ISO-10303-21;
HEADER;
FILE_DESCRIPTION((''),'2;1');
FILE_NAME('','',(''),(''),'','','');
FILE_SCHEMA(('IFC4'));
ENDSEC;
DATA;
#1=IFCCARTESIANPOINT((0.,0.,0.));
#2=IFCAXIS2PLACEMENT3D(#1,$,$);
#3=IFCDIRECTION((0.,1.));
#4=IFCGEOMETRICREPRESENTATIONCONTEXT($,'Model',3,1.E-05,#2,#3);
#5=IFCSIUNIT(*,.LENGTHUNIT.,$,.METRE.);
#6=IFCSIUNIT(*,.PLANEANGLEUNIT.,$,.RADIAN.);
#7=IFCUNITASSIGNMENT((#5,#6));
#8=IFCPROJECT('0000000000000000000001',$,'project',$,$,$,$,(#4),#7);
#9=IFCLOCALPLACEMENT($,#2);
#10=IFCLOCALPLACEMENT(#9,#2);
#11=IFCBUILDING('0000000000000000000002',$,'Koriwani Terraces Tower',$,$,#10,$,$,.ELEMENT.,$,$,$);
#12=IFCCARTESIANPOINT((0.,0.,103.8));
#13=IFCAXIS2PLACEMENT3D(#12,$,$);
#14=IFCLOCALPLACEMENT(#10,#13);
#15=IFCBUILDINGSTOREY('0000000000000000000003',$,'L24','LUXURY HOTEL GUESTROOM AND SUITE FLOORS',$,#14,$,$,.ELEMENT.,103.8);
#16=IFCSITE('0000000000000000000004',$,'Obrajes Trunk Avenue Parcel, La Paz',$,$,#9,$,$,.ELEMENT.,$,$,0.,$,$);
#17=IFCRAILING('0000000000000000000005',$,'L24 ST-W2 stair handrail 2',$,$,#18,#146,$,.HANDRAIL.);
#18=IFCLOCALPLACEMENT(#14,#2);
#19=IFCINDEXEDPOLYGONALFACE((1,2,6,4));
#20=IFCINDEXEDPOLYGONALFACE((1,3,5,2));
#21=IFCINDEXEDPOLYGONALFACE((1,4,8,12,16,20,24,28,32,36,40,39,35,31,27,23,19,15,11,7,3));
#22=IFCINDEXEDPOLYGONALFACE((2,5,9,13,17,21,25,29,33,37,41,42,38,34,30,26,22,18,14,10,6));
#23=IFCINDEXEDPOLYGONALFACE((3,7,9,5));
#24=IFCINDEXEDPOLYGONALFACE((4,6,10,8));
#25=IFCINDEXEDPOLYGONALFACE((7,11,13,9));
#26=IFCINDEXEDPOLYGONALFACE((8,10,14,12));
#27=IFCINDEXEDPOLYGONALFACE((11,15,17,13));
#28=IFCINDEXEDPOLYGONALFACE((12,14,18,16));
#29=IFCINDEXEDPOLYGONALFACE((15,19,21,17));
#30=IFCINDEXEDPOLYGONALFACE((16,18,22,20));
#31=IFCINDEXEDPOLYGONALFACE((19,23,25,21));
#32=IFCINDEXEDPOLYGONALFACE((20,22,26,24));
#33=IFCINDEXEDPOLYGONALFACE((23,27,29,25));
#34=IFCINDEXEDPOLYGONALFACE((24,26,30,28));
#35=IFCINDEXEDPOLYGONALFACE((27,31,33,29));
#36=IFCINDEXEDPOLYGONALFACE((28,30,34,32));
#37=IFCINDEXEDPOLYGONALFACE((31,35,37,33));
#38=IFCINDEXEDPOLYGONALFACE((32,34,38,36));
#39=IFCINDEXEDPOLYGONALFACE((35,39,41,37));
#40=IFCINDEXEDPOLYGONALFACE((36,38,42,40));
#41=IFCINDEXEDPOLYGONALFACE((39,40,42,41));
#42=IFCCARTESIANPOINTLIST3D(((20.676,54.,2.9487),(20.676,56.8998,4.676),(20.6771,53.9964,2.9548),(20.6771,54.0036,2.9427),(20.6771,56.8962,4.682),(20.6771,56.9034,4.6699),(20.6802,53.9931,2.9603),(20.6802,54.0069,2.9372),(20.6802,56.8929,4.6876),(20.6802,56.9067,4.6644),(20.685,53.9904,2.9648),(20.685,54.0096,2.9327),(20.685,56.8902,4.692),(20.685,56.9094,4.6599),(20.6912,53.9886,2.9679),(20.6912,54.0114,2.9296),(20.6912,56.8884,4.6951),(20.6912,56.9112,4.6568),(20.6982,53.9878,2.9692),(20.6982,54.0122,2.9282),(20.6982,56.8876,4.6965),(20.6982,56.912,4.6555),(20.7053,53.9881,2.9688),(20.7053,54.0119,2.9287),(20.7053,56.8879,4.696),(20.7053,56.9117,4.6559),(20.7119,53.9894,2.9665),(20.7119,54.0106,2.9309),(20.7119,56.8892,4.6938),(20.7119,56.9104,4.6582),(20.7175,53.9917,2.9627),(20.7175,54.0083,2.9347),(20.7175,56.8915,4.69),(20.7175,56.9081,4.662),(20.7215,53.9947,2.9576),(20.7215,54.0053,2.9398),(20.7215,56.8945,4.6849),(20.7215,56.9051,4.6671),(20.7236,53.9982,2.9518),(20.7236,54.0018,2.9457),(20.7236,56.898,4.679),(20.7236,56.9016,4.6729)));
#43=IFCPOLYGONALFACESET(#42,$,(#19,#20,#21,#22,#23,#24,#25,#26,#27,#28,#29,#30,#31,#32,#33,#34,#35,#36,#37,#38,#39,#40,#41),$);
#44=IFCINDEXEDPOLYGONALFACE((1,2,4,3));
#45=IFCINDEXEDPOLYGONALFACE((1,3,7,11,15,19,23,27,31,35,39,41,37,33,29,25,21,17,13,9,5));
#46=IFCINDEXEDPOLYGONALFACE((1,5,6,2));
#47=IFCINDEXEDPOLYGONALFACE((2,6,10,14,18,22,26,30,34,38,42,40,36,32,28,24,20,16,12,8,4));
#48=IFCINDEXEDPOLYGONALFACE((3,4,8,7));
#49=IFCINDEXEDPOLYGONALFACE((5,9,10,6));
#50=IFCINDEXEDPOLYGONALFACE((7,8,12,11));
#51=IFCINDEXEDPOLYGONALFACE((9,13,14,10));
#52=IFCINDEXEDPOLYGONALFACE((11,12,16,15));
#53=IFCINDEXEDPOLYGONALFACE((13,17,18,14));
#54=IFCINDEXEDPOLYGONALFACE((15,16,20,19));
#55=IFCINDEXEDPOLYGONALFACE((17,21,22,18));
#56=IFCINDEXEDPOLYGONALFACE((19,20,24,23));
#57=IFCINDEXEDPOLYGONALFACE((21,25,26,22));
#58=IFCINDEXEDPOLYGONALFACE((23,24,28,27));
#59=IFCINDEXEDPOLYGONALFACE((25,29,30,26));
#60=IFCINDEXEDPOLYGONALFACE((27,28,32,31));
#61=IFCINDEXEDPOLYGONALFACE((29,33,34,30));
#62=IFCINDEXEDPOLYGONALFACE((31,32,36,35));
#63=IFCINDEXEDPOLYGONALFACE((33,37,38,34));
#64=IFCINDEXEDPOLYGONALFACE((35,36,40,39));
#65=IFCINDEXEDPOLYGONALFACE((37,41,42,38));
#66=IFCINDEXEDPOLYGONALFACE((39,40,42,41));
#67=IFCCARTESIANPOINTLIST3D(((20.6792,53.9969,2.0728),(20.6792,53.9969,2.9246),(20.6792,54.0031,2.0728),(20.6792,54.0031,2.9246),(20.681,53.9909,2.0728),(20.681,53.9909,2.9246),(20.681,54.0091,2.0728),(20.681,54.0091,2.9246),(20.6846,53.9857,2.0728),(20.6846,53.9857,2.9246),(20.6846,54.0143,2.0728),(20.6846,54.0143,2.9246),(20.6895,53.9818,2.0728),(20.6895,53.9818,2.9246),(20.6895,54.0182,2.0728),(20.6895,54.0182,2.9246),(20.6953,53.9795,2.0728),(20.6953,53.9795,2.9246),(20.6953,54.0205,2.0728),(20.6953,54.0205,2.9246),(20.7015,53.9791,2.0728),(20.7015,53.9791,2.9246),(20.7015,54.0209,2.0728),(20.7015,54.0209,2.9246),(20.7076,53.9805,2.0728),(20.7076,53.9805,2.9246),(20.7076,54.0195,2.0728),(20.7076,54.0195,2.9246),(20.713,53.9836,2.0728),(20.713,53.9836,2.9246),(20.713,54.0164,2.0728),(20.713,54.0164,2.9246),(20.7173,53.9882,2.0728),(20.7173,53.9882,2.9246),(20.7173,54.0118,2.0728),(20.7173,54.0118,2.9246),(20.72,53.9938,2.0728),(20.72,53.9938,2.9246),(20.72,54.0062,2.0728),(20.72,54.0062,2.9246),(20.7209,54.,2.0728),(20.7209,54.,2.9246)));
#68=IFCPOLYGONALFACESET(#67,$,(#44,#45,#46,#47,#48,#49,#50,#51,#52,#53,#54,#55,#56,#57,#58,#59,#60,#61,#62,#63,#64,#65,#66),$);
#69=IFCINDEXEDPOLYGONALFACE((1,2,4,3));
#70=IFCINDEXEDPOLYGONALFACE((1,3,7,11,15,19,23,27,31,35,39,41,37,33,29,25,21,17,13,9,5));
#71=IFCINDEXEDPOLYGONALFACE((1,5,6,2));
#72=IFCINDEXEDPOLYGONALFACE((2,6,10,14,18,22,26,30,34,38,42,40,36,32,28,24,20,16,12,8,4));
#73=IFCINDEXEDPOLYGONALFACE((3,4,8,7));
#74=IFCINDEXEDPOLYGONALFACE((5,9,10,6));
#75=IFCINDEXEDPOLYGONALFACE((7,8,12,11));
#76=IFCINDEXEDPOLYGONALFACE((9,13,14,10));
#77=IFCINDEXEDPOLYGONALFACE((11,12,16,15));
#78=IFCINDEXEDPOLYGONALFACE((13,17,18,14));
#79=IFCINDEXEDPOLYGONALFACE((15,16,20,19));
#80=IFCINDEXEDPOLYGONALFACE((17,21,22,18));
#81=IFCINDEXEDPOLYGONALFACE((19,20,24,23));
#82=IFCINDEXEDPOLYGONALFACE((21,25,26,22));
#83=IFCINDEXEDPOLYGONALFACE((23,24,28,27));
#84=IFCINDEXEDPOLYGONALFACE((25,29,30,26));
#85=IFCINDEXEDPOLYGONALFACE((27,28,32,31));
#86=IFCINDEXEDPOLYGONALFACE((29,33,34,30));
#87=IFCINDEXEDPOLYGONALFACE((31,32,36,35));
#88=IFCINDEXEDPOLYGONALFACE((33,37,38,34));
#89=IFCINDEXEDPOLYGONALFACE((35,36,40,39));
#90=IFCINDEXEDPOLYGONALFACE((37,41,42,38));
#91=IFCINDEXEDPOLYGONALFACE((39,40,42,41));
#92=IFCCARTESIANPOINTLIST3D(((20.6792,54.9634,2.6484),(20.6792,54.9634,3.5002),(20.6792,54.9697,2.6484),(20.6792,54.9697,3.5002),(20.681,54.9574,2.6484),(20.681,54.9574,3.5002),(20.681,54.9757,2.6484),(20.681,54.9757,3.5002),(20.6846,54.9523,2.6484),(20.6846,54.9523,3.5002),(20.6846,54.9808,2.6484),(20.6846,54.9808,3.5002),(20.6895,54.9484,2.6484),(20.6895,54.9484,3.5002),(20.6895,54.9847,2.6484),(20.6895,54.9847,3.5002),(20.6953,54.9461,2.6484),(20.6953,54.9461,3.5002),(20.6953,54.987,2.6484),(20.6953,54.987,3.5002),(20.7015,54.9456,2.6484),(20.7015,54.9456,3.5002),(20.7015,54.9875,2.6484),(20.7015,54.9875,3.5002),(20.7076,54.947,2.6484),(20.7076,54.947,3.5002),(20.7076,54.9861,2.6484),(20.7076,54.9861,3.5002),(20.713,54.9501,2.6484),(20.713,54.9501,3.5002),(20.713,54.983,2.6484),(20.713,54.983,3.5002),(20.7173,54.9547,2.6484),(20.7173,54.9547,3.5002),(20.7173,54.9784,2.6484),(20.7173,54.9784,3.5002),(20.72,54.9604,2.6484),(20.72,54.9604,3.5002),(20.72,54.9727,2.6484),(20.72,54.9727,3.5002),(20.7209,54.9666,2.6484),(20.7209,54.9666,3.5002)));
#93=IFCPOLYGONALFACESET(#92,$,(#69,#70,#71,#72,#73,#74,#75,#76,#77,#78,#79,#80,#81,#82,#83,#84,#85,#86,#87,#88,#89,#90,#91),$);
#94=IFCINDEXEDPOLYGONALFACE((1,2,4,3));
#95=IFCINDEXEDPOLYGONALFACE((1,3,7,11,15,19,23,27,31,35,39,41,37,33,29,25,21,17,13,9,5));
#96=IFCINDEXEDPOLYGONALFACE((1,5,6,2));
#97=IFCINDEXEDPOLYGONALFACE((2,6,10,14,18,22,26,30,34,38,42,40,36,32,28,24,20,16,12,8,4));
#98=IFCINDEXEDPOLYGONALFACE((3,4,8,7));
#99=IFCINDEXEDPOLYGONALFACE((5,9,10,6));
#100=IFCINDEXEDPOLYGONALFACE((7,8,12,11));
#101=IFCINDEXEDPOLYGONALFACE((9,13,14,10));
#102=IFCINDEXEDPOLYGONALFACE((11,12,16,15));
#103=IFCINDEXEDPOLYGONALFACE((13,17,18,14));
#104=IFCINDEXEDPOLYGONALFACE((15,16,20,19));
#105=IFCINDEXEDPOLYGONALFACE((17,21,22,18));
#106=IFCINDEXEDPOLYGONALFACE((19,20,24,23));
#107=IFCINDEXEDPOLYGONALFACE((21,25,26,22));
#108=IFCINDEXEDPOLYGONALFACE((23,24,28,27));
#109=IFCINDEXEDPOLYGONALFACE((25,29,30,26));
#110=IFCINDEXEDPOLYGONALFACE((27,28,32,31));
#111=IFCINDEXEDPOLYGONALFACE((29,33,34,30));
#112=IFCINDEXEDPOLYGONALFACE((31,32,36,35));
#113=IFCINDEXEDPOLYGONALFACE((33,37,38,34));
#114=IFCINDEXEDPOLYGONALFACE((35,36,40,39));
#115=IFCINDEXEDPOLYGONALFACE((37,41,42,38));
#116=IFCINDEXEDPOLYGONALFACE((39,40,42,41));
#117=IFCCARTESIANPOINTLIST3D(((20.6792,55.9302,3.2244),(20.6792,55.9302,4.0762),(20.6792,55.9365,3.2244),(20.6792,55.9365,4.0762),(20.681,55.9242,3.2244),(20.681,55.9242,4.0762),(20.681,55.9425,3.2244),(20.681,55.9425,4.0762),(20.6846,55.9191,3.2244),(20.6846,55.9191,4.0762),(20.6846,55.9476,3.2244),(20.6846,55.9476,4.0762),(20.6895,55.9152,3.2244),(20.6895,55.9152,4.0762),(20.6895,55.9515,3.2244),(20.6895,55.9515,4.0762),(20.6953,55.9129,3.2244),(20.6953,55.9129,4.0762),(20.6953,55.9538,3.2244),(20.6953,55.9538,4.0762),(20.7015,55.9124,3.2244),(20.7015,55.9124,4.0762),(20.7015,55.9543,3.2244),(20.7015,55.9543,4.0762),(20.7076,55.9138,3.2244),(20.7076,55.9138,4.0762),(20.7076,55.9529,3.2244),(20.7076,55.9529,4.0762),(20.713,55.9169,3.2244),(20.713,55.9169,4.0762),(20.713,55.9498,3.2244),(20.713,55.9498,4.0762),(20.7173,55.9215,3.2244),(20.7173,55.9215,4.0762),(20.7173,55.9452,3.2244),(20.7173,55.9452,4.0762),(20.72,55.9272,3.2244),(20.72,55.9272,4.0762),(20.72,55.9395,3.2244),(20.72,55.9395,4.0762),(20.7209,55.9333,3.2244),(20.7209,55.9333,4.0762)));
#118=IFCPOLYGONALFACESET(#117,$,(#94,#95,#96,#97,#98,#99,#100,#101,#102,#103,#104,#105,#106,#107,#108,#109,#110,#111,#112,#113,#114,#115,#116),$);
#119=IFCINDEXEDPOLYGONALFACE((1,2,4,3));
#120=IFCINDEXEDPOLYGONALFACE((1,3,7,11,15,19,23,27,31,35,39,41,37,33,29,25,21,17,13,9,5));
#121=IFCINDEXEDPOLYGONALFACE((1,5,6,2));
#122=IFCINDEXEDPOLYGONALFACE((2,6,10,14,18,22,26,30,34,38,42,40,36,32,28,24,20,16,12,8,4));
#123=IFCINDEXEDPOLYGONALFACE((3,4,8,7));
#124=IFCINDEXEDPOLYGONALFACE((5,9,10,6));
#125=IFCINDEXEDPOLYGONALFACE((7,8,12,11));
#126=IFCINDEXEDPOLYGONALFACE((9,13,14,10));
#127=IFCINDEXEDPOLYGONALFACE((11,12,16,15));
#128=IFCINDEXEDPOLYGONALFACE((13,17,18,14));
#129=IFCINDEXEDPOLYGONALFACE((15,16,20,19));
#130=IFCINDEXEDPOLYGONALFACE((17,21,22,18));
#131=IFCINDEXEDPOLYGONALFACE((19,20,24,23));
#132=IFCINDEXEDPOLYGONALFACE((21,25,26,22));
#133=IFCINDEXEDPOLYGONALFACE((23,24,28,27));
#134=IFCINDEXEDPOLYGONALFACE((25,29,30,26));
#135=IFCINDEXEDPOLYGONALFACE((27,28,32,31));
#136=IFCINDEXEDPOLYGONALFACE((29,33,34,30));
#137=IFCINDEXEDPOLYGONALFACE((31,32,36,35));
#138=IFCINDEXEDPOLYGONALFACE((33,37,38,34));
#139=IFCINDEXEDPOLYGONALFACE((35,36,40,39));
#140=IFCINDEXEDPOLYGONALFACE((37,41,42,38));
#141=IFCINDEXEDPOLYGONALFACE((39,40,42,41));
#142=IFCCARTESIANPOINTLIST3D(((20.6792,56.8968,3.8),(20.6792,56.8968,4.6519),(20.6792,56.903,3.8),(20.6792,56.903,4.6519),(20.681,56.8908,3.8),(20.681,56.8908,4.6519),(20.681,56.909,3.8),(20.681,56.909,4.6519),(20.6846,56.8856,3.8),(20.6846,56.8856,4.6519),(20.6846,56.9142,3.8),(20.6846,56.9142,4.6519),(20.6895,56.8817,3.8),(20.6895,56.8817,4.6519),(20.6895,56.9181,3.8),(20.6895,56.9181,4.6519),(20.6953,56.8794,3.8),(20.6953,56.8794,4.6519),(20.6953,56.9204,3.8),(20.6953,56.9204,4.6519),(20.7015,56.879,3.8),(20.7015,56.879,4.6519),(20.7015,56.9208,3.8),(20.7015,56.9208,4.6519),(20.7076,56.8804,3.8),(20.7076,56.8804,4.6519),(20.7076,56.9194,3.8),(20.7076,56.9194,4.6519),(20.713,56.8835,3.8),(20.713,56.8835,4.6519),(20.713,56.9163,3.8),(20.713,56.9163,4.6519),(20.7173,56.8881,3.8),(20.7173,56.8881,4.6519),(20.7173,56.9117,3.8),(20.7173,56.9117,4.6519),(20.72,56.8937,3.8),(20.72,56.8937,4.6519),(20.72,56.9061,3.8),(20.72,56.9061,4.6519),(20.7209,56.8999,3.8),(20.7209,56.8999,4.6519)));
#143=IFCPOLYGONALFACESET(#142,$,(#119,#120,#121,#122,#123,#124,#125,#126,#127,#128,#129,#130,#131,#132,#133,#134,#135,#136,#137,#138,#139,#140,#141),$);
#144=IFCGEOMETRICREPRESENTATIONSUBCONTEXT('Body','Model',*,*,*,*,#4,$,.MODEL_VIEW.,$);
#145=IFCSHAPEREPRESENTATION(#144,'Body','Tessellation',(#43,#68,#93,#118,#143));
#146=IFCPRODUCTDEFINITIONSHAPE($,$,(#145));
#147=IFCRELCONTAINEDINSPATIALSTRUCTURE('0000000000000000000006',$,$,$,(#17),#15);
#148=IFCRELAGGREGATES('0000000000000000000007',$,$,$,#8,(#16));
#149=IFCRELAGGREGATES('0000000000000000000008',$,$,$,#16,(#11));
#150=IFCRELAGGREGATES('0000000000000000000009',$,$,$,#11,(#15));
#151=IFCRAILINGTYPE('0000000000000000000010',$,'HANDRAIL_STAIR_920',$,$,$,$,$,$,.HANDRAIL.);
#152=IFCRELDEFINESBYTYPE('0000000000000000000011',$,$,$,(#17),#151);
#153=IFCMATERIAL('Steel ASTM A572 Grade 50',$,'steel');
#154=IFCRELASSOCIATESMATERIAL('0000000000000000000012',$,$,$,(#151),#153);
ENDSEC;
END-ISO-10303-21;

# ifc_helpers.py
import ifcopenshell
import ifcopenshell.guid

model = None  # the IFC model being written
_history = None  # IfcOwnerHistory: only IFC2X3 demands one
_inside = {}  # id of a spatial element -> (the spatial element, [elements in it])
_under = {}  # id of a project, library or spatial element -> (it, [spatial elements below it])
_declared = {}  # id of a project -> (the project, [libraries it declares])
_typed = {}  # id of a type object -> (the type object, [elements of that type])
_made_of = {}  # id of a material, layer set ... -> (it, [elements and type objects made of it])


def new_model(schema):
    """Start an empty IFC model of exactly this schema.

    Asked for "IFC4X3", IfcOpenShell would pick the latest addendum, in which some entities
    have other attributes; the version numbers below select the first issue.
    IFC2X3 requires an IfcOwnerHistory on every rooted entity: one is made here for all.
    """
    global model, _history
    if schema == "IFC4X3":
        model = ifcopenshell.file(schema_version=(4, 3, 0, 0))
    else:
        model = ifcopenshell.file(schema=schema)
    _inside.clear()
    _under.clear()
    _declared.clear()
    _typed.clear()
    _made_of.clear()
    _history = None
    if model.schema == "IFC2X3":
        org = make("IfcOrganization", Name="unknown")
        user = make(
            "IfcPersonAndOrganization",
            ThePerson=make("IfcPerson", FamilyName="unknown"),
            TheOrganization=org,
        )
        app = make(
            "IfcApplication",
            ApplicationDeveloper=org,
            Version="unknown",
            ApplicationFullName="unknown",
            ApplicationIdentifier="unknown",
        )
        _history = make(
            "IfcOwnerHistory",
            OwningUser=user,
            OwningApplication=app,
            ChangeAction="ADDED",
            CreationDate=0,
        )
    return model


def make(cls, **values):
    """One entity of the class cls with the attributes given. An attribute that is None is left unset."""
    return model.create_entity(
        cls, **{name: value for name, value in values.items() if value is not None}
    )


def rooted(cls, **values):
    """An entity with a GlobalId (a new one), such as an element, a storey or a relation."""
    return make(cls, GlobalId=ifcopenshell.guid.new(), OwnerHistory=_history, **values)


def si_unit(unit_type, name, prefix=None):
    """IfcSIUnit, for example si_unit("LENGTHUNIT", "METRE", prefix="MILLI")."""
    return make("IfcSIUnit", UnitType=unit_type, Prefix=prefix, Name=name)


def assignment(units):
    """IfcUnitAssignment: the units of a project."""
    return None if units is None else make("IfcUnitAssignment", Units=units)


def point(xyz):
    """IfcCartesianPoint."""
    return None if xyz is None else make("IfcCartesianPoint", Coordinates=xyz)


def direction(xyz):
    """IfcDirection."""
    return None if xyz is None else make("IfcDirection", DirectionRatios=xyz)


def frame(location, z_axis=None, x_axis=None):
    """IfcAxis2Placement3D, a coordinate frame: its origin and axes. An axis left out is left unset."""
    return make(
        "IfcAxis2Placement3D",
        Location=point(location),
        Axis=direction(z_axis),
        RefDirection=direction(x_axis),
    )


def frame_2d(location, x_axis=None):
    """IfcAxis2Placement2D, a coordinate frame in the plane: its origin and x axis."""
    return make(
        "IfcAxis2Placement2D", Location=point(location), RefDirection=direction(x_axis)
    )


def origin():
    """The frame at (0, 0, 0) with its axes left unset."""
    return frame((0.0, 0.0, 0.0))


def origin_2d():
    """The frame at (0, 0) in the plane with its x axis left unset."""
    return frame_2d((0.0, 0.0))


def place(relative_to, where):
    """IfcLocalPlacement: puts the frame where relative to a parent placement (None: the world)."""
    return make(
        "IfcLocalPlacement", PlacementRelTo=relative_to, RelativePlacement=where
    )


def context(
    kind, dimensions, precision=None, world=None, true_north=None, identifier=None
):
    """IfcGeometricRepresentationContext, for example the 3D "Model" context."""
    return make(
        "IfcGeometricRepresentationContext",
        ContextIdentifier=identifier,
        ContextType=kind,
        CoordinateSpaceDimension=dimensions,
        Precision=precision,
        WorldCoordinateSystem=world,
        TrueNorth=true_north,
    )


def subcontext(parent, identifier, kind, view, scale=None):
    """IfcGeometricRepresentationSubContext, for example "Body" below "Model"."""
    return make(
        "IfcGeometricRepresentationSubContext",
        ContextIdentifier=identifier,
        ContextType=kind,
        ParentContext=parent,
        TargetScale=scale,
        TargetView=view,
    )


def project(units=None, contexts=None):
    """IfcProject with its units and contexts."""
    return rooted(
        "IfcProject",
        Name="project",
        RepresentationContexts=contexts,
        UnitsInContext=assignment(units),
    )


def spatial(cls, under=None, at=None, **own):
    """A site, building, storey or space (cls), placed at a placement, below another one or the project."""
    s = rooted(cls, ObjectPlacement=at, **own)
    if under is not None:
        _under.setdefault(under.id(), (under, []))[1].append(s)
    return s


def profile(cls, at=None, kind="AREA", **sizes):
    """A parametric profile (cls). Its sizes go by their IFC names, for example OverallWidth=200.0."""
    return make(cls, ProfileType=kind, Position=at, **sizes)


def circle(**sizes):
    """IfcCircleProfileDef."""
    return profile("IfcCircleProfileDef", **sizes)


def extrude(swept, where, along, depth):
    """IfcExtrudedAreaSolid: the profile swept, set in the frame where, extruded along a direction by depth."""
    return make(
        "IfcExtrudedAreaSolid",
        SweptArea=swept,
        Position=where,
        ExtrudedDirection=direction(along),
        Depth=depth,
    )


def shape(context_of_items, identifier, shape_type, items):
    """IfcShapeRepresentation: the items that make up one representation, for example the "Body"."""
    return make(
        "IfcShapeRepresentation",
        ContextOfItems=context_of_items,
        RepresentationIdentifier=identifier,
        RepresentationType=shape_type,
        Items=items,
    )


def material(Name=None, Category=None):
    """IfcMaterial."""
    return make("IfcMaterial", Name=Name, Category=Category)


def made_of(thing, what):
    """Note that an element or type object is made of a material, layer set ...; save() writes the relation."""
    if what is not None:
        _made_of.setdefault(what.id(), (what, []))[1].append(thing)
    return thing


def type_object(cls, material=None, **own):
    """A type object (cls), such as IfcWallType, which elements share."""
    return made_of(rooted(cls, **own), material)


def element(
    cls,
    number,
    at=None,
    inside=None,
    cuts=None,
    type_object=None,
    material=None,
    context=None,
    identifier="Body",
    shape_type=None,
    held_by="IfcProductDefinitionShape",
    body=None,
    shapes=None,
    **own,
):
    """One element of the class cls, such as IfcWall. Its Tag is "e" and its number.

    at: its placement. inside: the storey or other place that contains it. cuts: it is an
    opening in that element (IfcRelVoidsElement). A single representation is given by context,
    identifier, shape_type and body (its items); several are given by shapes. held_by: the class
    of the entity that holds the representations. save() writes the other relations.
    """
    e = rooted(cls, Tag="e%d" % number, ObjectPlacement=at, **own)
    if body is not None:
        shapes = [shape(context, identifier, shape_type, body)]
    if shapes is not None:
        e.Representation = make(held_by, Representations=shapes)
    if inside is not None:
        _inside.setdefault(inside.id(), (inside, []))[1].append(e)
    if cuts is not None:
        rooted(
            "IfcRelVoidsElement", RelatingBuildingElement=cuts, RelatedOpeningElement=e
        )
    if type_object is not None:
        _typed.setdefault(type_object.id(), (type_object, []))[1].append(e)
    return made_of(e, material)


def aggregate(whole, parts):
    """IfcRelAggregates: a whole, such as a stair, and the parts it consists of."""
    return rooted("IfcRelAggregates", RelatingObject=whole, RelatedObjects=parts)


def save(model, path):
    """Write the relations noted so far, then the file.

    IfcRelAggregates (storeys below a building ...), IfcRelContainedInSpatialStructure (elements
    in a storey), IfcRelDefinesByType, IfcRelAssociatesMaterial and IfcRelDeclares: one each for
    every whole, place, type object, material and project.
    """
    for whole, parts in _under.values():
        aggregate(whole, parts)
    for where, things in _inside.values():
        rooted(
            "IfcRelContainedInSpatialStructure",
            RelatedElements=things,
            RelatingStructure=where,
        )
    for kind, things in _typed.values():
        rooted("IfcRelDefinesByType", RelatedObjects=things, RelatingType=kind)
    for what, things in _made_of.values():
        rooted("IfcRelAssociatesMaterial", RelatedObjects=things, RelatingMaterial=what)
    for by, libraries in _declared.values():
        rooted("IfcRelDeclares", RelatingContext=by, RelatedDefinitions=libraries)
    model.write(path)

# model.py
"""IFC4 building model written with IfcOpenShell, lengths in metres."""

from ifc_helpers import new_model, si_unit, direction, frame, origin, origin_2d, place, context, subcontext, project, spatial, circle, extrude, material, type_object, element, save


model = new_model("IFC4")

# Units and contexts
model_context = context("Model", 3, precision=1e-05, world=origin(), true_north=direction((0.0, 1.0)))
body_context = subcontext(model_context, "Body", "Model", "MODEL_VIEW")
ifc_project = project(units=[si_unit("LENGTHUNIT", "METRE"), si_unit("PLANEANGLEUNIT", "RADIAN")], contexts=[model_context])

# Site, building, storey
site_placement = place(None, origin())
site = spatial("IfcSite", under=ifc_project, at=site_placement, Name="Obrajes Trunk Avenue Parcel, La Paz", CompositionType="ELEMENT", RefElevation=0.0)
building_placement = place(site_placement, origin())
building = spatial("IfcBuilding", under=site, at=building_placement, Name="Koriwani Terraces Tower", CompositionType="ELEMENT")
storey_placement = place(building_placement, frame((0.0, 0.0, 103.8)))
storey = spatial("IfcBuildingStorey", under=building, at=storey_placement, Name="L24", Description="LUXURY HOTEL GUESTROOM AND SUITE FLOORS", CompositionType="ELEMENT", Elevation=103.8)

# Shared definitions
ifc_material_1 = material(Name="Steel ASTM A572 Grade 50", Category="steel")

# Railing
railing_type = type_object("IfcRailingType", Name="HANDRAIL_STAIR_920", PredefinedType="HANDRAIL", material=ifc_material_1)
for number, where, name in (
    (1, (20.7, 54.0, 2.0728), "L24 ST-W2 stair handrail 2"),
):
    element("IfcRailing", number, at=place(storey_placement, frame(where)), inside=storey, type_object=railing_type, Name=name, PredefinedType="HANDRAIL", context=body_context, shape_type="SweptSolid", body=[
        extrude(circle(Radius=0.0239, at=origin_2d()), frame((0.0, 0.0, 0.876), z_axis=(0.0, 0.859141, 0.511738), x_axis=(-1.0, 0.0, 0.0)), (0.0, 0.0, 1.0), 3.3752),
        extrude(circle(Radius=0.021, at=origin_2d()), origin(), (0.0, 0.0, 1.0), 0.8518),
        extrude(circle(Radius=0.021, at=origin_2d()), frame((0.0, 0.9666, 0.5757)), (0.0, 0.0, 1.0), 0.8518),
        extrude(circle(Radius=0.021, at=origin_2d()), frame((0.0, 1.9333, 1.1516)), (0.0, 0.0, 1.0), 0.8518),
        extrude(circle(Radius=0.021, at=origin_2d()), frame((0.0, 2.8999, 1.7273)), (0.0, 0.0, 1.0), 0.8518),
    ])

save(model, "model.ifc")
